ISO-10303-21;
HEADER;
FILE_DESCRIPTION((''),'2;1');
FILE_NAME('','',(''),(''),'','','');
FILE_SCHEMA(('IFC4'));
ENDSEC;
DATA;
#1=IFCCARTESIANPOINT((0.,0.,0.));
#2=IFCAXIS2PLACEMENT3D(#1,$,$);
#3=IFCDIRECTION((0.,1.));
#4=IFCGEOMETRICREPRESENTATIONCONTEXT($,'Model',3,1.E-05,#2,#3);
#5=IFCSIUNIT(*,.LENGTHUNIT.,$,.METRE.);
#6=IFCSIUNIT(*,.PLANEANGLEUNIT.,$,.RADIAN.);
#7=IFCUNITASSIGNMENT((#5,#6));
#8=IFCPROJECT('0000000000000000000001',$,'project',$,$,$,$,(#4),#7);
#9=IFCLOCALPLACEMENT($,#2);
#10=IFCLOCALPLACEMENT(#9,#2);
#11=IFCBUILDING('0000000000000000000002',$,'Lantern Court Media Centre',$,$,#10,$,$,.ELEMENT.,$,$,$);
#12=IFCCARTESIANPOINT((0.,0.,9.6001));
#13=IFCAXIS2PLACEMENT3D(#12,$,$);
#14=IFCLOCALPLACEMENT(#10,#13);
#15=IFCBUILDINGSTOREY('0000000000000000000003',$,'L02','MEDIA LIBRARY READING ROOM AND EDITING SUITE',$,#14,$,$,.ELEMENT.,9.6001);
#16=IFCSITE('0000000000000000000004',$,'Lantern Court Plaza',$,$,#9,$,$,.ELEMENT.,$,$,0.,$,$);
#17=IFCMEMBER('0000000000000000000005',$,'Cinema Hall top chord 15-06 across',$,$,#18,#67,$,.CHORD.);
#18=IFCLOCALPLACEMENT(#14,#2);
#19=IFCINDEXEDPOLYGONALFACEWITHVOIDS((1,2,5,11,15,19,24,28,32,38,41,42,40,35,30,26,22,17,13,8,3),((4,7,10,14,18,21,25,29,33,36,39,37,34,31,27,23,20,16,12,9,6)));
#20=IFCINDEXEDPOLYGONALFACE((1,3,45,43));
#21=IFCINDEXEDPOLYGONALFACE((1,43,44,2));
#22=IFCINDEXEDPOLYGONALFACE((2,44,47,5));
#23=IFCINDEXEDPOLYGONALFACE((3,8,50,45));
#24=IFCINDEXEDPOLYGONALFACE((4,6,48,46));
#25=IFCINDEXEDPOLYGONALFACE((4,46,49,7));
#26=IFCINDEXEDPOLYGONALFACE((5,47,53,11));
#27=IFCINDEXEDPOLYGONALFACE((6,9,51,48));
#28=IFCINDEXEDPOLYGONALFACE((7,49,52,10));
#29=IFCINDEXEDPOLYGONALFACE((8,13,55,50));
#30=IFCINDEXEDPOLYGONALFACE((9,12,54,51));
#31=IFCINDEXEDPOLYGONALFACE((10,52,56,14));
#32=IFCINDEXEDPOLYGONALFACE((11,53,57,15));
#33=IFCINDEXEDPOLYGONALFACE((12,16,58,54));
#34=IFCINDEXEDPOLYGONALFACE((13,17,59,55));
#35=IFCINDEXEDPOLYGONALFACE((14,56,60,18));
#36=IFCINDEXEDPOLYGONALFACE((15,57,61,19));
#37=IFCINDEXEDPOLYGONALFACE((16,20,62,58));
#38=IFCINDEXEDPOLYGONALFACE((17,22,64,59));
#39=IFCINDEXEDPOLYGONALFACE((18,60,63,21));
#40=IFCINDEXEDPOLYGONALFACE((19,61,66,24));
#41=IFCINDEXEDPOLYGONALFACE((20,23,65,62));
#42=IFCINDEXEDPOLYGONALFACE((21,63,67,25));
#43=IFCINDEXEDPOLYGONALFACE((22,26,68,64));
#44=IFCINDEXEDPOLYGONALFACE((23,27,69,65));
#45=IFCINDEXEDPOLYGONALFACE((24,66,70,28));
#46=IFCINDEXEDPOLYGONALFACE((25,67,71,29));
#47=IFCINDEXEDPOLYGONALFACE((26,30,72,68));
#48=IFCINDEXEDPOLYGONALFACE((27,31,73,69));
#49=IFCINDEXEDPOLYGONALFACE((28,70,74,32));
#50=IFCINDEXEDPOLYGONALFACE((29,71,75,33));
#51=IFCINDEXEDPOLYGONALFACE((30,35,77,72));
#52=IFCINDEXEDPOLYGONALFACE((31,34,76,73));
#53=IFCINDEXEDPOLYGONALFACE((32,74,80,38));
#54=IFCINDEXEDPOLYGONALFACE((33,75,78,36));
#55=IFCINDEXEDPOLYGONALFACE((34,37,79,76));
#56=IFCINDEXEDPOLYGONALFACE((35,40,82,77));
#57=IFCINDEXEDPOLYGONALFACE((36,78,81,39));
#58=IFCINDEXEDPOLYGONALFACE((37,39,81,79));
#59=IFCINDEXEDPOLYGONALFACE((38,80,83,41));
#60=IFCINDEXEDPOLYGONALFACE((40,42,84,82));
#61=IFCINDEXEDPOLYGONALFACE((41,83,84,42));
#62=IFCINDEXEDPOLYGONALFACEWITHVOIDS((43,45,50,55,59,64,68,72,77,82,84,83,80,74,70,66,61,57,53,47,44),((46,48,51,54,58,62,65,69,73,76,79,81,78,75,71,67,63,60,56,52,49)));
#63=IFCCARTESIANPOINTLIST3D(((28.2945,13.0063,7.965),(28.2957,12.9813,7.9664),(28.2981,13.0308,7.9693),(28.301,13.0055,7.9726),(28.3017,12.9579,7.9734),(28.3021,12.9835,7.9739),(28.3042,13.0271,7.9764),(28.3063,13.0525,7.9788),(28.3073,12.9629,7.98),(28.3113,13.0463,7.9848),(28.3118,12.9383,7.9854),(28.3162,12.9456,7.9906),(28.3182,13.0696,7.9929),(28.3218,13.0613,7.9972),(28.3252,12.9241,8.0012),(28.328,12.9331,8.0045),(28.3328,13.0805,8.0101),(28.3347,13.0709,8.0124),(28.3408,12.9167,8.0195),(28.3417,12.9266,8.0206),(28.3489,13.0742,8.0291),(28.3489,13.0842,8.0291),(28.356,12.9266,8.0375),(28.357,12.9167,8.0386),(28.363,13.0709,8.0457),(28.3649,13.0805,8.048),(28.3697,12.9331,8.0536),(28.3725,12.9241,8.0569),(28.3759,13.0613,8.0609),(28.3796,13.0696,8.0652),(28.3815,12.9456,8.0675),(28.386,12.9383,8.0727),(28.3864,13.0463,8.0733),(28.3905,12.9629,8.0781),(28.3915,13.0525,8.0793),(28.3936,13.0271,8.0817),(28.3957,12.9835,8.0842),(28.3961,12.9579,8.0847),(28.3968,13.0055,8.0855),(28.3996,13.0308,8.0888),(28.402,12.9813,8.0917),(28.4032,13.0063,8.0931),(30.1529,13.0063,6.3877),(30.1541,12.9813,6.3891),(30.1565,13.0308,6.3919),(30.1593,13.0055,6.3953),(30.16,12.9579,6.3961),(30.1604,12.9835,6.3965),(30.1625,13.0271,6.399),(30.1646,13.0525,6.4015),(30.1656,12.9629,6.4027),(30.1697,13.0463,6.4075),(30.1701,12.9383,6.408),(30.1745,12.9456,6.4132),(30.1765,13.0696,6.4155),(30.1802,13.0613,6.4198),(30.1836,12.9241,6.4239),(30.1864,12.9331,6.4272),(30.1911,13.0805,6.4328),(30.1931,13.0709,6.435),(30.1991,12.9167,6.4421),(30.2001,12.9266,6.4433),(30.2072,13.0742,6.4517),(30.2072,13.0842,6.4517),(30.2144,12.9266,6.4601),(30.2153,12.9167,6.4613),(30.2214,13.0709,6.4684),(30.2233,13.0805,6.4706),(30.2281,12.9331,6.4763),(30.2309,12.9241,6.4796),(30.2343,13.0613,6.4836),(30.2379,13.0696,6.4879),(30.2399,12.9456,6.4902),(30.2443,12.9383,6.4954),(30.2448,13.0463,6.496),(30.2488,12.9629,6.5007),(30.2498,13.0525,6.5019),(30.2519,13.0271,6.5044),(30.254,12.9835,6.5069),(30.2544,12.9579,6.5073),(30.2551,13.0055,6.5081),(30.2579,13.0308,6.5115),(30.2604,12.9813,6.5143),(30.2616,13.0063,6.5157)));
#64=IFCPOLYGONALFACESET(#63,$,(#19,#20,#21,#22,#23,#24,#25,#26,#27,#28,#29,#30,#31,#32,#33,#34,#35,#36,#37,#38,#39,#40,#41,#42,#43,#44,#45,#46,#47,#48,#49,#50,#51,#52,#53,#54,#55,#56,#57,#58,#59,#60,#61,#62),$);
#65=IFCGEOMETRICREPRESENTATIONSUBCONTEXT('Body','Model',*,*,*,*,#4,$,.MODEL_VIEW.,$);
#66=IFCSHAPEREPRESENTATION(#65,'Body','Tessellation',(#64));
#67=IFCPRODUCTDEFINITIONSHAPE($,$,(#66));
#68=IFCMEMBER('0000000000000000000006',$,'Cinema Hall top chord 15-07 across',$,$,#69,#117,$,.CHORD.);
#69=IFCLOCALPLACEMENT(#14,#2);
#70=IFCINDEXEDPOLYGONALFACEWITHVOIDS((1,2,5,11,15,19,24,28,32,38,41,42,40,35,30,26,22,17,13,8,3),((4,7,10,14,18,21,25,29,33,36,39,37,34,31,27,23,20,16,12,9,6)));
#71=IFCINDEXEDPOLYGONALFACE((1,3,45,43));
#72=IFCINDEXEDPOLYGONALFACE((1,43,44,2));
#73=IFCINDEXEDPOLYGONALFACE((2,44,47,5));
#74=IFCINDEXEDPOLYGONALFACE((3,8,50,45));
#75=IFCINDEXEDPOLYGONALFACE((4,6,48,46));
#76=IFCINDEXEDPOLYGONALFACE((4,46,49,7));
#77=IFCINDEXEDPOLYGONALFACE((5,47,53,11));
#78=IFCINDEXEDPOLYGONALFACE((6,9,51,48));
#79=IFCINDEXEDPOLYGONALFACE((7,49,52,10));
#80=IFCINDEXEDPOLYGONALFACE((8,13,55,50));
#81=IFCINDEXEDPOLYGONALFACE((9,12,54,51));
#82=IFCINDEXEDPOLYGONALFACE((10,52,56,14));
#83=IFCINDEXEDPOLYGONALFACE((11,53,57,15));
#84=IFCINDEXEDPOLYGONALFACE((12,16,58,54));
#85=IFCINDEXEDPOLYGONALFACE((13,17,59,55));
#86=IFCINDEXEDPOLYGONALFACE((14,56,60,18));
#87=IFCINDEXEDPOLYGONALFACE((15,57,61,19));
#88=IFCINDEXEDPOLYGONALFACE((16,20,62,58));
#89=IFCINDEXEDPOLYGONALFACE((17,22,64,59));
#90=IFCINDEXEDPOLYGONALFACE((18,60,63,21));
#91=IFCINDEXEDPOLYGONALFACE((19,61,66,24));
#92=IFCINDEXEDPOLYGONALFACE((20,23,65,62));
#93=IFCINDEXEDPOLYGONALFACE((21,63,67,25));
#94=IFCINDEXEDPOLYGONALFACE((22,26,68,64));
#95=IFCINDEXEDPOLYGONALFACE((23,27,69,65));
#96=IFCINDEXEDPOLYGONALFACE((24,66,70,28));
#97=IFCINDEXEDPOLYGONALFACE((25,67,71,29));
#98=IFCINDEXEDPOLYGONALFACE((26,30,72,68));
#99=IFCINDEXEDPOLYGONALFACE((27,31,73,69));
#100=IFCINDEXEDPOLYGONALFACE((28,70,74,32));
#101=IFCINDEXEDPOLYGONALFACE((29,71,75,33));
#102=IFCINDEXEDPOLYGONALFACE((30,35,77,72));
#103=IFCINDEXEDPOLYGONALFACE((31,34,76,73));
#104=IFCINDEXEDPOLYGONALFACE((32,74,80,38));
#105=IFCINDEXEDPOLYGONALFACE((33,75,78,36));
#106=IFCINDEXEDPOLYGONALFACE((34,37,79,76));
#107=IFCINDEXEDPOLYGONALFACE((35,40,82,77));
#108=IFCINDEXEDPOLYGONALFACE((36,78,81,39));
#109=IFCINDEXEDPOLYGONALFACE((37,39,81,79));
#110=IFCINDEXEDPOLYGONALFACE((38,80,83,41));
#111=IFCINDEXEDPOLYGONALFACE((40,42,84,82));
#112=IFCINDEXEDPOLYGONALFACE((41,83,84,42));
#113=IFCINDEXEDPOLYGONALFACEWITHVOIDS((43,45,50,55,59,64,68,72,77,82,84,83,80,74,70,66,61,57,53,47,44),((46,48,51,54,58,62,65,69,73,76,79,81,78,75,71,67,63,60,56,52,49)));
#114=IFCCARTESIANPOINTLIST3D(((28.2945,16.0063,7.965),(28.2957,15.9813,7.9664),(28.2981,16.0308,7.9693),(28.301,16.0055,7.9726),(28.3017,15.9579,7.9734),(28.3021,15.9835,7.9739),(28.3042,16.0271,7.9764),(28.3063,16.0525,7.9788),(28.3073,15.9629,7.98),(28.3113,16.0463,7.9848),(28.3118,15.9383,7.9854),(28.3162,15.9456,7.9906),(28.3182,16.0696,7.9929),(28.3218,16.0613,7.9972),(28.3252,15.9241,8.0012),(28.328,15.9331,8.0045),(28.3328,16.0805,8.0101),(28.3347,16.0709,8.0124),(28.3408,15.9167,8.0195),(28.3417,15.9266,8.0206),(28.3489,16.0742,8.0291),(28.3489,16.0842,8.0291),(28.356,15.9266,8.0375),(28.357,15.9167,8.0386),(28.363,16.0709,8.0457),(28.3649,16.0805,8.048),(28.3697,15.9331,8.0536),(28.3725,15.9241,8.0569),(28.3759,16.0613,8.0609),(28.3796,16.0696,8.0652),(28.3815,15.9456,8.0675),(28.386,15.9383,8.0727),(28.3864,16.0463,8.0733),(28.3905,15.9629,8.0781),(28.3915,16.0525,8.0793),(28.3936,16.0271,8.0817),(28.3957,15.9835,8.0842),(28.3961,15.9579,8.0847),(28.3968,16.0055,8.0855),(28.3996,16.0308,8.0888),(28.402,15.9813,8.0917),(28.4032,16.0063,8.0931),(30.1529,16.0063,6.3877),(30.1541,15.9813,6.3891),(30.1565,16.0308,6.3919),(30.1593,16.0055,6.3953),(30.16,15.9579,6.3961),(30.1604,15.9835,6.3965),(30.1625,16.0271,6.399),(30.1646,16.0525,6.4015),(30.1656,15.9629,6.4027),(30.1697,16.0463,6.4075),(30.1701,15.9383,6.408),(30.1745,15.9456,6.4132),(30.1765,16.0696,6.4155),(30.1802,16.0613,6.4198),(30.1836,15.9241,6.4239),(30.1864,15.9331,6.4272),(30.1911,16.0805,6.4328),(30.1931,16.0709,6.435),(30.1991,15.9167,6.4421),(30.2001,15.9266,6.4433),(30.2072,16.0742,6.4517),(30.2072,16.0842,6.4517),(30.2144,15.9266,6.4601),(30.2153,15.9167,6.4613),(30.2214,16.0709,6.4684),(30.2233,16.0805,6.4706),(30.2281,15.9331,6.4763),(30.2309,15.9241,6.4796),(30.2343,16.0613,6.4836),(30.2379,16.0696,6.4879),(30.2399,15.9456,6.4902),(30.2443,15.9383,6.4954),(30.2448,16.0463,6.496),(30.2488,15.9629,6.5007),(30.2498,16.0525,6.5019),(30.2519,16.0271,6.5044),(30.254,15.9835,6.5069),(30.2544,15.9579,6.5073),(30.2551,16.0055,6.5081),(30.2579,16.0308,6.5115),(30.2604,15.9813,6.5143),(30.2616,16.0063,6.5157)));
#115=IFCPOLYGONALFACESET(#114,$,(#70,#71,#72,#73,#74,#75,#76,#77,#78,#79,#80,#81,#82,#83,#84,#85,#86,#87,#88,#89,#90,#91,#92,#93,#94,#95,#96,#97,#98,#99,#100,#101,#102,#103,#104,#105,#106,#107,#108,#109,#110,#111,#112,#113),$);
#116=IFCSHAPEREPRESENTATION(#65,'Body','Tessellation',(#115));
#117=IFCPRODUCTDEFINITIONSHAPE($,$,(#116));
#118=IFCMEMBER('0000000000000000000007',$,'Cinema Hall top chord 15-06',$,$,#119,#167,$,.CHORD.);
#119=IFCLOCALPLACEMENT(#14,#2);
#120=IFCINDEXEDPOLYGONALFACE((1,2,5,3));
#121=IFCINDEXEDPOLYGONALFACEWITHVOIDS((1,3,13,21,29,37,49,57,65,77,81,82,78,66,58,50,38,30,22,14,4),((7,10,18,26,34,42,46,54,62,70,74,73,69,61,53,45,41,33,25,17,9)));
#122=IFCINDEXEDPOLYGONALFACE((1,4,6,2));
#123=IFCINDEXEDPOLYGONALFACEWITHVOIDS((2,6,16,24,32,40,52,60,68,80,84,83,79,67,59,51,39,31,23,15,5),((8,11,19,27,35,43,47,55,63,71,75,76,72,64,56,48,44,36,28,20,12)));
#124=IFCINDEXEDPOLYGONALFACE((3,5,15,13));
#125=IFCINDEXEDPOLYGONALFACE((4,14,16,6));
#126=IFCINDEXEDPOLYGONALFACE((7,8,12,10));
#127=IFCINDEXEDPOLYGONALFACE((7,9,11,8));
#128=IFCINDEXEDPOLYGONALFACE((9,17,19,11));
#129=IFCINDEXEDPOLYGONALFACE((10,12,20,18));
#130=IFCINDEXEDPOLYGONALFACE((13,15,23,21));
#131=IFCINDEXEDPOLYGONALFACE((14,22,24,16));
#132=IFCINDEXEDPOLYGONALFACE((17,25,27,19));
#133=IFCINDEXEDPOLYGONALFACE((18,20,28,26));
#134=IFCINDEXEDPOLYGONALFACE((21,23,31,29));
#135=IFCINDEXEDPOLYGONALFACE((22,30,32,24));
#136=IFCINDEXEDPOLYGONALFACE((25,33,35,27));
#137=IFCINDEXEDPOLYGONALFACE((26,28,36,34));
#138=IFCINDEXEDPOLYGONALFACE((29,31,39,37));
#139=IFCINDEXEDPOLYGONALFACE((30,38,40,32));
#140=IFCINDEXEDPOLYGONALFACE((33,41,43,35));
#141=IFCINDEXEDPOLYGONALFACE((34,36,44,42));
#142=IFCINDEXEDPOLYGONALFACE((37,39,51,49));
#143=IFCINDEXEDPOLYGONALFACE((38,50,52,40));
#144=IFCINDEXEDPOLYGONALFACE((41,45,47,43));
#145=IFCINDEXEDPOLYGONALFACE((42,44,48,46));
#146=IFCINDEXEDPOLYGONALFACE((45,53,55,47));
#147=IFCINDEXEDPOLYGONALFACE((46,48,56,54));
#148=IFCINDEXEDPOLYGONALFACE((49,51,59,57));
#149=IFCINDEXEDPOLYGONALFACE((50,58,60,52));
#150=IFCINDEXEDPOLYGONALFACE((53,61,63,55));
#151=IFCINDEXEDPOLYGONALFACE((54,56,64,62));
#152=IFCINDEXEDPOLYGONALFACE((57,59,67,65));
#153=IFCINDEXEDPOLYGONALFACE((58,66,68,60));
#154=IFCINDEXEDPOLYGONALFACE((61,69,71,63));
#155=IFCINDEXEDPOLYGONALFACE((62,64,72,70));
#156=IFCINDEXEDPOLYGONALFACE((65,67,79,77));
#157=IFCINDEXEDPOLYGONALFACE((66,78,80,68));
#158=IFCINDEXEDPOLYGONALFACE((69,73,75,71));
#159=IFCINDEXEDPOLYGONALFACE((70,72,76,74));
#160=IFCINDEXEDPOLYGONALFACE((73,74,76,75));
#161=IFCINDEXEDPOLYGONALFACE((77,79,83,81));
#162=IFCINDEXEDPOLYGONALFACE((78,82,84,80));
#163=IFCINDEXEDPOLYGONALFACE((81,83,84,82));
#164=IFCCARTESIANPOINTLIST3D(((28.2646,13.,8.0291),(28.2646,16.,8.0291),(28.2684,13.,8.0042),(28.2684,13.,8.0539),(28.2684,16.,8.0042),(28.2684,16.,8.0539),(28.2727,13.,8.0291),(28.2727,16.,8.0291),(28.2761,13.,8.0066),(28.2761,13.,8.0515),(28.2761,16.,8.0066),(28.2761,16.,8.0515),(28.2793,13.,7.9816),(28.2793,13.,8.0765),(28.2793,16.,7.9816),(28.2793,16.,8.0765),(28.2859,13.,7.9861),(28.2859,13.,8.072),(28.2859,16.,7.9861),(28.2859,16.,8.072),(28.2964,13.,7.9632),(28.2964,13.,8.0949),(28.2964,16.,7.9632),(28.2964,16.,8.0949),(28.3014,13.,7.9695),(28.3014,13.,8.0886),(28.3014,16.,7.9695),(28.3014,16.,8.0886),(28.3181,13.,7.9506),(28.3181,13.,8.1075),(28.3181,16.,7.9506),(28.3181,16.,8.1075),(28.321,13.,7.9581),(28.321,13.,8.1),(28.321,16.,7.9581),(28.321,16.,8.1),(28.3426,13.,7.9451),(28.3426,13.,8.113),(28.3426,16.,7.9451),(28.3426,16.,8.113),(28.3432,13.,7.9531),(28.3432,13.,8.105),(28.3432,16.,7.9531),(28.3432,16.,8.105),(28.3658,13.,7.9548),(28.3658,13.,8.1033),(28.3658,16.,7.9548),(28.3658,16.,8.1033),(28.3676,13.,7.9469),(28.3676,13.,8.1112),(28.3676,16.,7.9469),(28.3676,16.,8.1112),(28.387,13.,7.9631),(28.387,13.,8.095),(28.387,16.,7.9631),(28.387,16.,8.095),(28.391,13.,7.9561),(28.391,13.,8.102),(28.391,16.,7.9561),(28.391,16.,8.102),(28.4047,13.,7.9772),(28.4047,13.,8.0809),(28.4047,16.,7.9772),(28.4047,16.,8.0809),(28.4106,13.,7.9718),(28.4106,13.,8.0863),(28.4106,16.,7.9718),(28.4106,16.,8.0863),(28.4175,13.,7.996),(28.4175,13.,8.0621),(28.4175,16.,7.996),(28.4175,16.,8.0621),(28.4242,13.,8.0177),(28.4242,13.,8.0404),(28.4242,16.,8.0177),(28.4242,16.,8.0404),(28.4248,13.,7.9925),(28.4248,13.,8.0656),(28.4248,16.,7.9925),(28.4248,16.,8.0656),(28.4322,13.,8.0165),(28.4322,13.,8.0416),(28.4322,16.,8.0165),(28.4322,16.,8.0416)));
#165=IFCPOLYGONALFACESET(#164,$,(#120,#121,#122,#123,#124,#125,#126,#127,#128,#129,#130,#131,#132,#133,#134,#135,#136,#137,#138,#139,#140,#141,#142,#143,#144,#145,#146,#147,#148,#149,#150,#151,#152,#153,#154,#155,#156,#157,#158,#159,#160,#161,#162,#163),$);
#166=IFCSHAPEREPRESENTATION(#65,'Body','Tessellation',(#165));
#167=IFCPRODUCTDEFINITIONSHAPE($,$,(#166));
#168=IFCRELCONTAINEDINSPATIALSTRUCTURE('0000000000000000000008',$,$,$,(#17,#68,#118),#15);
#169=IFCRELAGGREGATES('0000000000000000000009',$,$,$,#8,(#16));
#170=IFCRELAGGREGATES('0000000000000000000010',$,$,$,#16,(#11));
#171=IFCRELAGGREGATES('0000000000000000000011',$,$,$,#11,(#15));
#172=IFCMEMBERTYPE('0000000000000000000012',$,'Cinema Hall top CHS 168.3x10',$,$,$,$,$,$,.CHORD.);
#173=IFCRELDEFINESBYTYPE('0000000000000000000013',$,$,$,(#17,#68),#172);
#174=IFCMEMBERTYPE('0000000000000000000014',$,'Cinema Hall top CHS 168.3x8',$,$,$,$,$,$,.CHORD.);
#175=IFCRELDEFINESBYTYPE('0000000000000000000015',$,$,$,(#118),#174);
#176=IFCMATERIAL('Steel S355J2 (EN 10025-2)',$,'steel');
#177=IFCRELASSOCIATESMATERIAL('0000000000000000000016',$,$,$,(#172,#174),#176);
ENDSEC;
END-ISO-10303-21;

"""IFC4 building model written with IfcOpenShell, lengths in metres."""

from ifc_helpers import new_model, si_unit, direction, frame, origin, origin_2d, place, context, subcontext, project, spatial, hollow_circle, extrude, material, material_profile, profile_set, type_object, element, save


model = new_model("IFC4")

# Units and contexts
model_context = context("Model", 3, precision=1e-05, world=origin(), true_north=direction((0.0, 1.0)))
body_context = subcontext(model_context, "Body", "Model", "MODEL_VIEW")
ifc_project = project(units=[si_unit("LENGTHUNIT", "METRE"), si_unit("PLANEANGLEUNIT", "RADIAN")], contexts=[model_context])

# Site, building, storey
site_placement = place(None, origin())
site = spatial("IfcSite", under=ifc_project, at=site_placement, Name="Lantern Court Plaza", CompositionType="ELEMENT", RefElevation=0.0)
building_placement = place(site_placement, origin())
building = spatial("IfcBuilding", under=site, at=building_placement, Name="Lantern Court Media Centre", CompositionType="ELEMENT")
storey_placement = place(building_placement, frame((0.0, 0.0, 9.6001)))
storey = spatial("IfcBuildingStorey", under=building, at=storey_placement, Name="L02", Description="MEDIA LIBRARY READING ROOM AND EDITING SUITE", CompositionType="ELEMENT", Elevation=9.6001)

# Members
ifc_material = material(Name="Steel S355J2 (EN 10025-2)", Category="steel")
ifc_material_profile_1 = material_profile(ifc_material, hollow_circle(Radius=0.0842, WallThickness=0.01, at=origin_2d()), Name="Cinema Hall top CHS 168.3x10")
ifc_profile_set_1 = profile_set([ifc_material_profile_1], Name="Steel S355J2 (EN 10025-2)")
member_type_1 = type_object("IfcMemberType", Name="Cinema Hall top CHS 168.3x10", PredefinedType="CHORD", material=ifc_profile_set_1)
for number, where, z_axis, x_axis, name in (
    (1, (28.3489, 13.0, 8.0291), (0.762394, 0.0, -0.647113), (0.0, 1.0, 0.0), "Cinema Hall top chord 15-06 across"),
    (2, (28.3489, 16.0, 8.0291), (0.762394, 0.0, -0.647113), (0.0, 1.0, 0.0), "Cinema Hall top chord 15-07 across"),
):
    element("IfcMember", number, at=place(storey_placement, frame(where, z_axis=z_axis, x_axis=x_axis)), inside=storey, type_object=member_type_1, Name=name, PredefinedType="CHORD", context=body_context, shape_type="SweptSolid", body=[
        extrude(hollow_circle(Radius=0.0842, WallThickness=0.01, at=origin_2d()), origin(), (0.0, 0.0, 1.0), 2.4375),
    ])
ifc_material_profile_2 = material_profile(ifc_material, hollow_circle(Radius=0.0842, WallThickness=0.0081, at=origin_2d()), Name="Cinema Hall top CHS 168.3x8")
ifc_profile_set_2 = profile_set([ifc_material_profile_2], Name="Steel S355J2 (EN 10025-2)")
member_type_2 = type_object("IfcMemberType", Name="Cinema Hall top CHS 168.3x8", PredefinedType="CHORD", material=ifc_profile_set_2)
for number, where, z_axis, x_axis, name in (
    (3, (28.3489, 13.0, 8.0291), (0.0, 1.0, 0.0), (-1.0, 0.0, 0.0), "Cinema Hall top chord 15-06"),
):
    element("IfcMember", number, at=place(storey_placement, frame(where, z_axis=z_axis, x_axis=x_axis)), inside=storey, type_object=member_type_2, Name=name, PredefinedType="CHORD", context=body_context, shape_type="SweptSolid", body=[
        extrude(hollow_circle(Radius=0.0842, WallThickness=0.0081, at=origin_2d()), origin(), (0.0, 0.0, 1.0), 3.0),
    ])

save(model, "model.ifc")
